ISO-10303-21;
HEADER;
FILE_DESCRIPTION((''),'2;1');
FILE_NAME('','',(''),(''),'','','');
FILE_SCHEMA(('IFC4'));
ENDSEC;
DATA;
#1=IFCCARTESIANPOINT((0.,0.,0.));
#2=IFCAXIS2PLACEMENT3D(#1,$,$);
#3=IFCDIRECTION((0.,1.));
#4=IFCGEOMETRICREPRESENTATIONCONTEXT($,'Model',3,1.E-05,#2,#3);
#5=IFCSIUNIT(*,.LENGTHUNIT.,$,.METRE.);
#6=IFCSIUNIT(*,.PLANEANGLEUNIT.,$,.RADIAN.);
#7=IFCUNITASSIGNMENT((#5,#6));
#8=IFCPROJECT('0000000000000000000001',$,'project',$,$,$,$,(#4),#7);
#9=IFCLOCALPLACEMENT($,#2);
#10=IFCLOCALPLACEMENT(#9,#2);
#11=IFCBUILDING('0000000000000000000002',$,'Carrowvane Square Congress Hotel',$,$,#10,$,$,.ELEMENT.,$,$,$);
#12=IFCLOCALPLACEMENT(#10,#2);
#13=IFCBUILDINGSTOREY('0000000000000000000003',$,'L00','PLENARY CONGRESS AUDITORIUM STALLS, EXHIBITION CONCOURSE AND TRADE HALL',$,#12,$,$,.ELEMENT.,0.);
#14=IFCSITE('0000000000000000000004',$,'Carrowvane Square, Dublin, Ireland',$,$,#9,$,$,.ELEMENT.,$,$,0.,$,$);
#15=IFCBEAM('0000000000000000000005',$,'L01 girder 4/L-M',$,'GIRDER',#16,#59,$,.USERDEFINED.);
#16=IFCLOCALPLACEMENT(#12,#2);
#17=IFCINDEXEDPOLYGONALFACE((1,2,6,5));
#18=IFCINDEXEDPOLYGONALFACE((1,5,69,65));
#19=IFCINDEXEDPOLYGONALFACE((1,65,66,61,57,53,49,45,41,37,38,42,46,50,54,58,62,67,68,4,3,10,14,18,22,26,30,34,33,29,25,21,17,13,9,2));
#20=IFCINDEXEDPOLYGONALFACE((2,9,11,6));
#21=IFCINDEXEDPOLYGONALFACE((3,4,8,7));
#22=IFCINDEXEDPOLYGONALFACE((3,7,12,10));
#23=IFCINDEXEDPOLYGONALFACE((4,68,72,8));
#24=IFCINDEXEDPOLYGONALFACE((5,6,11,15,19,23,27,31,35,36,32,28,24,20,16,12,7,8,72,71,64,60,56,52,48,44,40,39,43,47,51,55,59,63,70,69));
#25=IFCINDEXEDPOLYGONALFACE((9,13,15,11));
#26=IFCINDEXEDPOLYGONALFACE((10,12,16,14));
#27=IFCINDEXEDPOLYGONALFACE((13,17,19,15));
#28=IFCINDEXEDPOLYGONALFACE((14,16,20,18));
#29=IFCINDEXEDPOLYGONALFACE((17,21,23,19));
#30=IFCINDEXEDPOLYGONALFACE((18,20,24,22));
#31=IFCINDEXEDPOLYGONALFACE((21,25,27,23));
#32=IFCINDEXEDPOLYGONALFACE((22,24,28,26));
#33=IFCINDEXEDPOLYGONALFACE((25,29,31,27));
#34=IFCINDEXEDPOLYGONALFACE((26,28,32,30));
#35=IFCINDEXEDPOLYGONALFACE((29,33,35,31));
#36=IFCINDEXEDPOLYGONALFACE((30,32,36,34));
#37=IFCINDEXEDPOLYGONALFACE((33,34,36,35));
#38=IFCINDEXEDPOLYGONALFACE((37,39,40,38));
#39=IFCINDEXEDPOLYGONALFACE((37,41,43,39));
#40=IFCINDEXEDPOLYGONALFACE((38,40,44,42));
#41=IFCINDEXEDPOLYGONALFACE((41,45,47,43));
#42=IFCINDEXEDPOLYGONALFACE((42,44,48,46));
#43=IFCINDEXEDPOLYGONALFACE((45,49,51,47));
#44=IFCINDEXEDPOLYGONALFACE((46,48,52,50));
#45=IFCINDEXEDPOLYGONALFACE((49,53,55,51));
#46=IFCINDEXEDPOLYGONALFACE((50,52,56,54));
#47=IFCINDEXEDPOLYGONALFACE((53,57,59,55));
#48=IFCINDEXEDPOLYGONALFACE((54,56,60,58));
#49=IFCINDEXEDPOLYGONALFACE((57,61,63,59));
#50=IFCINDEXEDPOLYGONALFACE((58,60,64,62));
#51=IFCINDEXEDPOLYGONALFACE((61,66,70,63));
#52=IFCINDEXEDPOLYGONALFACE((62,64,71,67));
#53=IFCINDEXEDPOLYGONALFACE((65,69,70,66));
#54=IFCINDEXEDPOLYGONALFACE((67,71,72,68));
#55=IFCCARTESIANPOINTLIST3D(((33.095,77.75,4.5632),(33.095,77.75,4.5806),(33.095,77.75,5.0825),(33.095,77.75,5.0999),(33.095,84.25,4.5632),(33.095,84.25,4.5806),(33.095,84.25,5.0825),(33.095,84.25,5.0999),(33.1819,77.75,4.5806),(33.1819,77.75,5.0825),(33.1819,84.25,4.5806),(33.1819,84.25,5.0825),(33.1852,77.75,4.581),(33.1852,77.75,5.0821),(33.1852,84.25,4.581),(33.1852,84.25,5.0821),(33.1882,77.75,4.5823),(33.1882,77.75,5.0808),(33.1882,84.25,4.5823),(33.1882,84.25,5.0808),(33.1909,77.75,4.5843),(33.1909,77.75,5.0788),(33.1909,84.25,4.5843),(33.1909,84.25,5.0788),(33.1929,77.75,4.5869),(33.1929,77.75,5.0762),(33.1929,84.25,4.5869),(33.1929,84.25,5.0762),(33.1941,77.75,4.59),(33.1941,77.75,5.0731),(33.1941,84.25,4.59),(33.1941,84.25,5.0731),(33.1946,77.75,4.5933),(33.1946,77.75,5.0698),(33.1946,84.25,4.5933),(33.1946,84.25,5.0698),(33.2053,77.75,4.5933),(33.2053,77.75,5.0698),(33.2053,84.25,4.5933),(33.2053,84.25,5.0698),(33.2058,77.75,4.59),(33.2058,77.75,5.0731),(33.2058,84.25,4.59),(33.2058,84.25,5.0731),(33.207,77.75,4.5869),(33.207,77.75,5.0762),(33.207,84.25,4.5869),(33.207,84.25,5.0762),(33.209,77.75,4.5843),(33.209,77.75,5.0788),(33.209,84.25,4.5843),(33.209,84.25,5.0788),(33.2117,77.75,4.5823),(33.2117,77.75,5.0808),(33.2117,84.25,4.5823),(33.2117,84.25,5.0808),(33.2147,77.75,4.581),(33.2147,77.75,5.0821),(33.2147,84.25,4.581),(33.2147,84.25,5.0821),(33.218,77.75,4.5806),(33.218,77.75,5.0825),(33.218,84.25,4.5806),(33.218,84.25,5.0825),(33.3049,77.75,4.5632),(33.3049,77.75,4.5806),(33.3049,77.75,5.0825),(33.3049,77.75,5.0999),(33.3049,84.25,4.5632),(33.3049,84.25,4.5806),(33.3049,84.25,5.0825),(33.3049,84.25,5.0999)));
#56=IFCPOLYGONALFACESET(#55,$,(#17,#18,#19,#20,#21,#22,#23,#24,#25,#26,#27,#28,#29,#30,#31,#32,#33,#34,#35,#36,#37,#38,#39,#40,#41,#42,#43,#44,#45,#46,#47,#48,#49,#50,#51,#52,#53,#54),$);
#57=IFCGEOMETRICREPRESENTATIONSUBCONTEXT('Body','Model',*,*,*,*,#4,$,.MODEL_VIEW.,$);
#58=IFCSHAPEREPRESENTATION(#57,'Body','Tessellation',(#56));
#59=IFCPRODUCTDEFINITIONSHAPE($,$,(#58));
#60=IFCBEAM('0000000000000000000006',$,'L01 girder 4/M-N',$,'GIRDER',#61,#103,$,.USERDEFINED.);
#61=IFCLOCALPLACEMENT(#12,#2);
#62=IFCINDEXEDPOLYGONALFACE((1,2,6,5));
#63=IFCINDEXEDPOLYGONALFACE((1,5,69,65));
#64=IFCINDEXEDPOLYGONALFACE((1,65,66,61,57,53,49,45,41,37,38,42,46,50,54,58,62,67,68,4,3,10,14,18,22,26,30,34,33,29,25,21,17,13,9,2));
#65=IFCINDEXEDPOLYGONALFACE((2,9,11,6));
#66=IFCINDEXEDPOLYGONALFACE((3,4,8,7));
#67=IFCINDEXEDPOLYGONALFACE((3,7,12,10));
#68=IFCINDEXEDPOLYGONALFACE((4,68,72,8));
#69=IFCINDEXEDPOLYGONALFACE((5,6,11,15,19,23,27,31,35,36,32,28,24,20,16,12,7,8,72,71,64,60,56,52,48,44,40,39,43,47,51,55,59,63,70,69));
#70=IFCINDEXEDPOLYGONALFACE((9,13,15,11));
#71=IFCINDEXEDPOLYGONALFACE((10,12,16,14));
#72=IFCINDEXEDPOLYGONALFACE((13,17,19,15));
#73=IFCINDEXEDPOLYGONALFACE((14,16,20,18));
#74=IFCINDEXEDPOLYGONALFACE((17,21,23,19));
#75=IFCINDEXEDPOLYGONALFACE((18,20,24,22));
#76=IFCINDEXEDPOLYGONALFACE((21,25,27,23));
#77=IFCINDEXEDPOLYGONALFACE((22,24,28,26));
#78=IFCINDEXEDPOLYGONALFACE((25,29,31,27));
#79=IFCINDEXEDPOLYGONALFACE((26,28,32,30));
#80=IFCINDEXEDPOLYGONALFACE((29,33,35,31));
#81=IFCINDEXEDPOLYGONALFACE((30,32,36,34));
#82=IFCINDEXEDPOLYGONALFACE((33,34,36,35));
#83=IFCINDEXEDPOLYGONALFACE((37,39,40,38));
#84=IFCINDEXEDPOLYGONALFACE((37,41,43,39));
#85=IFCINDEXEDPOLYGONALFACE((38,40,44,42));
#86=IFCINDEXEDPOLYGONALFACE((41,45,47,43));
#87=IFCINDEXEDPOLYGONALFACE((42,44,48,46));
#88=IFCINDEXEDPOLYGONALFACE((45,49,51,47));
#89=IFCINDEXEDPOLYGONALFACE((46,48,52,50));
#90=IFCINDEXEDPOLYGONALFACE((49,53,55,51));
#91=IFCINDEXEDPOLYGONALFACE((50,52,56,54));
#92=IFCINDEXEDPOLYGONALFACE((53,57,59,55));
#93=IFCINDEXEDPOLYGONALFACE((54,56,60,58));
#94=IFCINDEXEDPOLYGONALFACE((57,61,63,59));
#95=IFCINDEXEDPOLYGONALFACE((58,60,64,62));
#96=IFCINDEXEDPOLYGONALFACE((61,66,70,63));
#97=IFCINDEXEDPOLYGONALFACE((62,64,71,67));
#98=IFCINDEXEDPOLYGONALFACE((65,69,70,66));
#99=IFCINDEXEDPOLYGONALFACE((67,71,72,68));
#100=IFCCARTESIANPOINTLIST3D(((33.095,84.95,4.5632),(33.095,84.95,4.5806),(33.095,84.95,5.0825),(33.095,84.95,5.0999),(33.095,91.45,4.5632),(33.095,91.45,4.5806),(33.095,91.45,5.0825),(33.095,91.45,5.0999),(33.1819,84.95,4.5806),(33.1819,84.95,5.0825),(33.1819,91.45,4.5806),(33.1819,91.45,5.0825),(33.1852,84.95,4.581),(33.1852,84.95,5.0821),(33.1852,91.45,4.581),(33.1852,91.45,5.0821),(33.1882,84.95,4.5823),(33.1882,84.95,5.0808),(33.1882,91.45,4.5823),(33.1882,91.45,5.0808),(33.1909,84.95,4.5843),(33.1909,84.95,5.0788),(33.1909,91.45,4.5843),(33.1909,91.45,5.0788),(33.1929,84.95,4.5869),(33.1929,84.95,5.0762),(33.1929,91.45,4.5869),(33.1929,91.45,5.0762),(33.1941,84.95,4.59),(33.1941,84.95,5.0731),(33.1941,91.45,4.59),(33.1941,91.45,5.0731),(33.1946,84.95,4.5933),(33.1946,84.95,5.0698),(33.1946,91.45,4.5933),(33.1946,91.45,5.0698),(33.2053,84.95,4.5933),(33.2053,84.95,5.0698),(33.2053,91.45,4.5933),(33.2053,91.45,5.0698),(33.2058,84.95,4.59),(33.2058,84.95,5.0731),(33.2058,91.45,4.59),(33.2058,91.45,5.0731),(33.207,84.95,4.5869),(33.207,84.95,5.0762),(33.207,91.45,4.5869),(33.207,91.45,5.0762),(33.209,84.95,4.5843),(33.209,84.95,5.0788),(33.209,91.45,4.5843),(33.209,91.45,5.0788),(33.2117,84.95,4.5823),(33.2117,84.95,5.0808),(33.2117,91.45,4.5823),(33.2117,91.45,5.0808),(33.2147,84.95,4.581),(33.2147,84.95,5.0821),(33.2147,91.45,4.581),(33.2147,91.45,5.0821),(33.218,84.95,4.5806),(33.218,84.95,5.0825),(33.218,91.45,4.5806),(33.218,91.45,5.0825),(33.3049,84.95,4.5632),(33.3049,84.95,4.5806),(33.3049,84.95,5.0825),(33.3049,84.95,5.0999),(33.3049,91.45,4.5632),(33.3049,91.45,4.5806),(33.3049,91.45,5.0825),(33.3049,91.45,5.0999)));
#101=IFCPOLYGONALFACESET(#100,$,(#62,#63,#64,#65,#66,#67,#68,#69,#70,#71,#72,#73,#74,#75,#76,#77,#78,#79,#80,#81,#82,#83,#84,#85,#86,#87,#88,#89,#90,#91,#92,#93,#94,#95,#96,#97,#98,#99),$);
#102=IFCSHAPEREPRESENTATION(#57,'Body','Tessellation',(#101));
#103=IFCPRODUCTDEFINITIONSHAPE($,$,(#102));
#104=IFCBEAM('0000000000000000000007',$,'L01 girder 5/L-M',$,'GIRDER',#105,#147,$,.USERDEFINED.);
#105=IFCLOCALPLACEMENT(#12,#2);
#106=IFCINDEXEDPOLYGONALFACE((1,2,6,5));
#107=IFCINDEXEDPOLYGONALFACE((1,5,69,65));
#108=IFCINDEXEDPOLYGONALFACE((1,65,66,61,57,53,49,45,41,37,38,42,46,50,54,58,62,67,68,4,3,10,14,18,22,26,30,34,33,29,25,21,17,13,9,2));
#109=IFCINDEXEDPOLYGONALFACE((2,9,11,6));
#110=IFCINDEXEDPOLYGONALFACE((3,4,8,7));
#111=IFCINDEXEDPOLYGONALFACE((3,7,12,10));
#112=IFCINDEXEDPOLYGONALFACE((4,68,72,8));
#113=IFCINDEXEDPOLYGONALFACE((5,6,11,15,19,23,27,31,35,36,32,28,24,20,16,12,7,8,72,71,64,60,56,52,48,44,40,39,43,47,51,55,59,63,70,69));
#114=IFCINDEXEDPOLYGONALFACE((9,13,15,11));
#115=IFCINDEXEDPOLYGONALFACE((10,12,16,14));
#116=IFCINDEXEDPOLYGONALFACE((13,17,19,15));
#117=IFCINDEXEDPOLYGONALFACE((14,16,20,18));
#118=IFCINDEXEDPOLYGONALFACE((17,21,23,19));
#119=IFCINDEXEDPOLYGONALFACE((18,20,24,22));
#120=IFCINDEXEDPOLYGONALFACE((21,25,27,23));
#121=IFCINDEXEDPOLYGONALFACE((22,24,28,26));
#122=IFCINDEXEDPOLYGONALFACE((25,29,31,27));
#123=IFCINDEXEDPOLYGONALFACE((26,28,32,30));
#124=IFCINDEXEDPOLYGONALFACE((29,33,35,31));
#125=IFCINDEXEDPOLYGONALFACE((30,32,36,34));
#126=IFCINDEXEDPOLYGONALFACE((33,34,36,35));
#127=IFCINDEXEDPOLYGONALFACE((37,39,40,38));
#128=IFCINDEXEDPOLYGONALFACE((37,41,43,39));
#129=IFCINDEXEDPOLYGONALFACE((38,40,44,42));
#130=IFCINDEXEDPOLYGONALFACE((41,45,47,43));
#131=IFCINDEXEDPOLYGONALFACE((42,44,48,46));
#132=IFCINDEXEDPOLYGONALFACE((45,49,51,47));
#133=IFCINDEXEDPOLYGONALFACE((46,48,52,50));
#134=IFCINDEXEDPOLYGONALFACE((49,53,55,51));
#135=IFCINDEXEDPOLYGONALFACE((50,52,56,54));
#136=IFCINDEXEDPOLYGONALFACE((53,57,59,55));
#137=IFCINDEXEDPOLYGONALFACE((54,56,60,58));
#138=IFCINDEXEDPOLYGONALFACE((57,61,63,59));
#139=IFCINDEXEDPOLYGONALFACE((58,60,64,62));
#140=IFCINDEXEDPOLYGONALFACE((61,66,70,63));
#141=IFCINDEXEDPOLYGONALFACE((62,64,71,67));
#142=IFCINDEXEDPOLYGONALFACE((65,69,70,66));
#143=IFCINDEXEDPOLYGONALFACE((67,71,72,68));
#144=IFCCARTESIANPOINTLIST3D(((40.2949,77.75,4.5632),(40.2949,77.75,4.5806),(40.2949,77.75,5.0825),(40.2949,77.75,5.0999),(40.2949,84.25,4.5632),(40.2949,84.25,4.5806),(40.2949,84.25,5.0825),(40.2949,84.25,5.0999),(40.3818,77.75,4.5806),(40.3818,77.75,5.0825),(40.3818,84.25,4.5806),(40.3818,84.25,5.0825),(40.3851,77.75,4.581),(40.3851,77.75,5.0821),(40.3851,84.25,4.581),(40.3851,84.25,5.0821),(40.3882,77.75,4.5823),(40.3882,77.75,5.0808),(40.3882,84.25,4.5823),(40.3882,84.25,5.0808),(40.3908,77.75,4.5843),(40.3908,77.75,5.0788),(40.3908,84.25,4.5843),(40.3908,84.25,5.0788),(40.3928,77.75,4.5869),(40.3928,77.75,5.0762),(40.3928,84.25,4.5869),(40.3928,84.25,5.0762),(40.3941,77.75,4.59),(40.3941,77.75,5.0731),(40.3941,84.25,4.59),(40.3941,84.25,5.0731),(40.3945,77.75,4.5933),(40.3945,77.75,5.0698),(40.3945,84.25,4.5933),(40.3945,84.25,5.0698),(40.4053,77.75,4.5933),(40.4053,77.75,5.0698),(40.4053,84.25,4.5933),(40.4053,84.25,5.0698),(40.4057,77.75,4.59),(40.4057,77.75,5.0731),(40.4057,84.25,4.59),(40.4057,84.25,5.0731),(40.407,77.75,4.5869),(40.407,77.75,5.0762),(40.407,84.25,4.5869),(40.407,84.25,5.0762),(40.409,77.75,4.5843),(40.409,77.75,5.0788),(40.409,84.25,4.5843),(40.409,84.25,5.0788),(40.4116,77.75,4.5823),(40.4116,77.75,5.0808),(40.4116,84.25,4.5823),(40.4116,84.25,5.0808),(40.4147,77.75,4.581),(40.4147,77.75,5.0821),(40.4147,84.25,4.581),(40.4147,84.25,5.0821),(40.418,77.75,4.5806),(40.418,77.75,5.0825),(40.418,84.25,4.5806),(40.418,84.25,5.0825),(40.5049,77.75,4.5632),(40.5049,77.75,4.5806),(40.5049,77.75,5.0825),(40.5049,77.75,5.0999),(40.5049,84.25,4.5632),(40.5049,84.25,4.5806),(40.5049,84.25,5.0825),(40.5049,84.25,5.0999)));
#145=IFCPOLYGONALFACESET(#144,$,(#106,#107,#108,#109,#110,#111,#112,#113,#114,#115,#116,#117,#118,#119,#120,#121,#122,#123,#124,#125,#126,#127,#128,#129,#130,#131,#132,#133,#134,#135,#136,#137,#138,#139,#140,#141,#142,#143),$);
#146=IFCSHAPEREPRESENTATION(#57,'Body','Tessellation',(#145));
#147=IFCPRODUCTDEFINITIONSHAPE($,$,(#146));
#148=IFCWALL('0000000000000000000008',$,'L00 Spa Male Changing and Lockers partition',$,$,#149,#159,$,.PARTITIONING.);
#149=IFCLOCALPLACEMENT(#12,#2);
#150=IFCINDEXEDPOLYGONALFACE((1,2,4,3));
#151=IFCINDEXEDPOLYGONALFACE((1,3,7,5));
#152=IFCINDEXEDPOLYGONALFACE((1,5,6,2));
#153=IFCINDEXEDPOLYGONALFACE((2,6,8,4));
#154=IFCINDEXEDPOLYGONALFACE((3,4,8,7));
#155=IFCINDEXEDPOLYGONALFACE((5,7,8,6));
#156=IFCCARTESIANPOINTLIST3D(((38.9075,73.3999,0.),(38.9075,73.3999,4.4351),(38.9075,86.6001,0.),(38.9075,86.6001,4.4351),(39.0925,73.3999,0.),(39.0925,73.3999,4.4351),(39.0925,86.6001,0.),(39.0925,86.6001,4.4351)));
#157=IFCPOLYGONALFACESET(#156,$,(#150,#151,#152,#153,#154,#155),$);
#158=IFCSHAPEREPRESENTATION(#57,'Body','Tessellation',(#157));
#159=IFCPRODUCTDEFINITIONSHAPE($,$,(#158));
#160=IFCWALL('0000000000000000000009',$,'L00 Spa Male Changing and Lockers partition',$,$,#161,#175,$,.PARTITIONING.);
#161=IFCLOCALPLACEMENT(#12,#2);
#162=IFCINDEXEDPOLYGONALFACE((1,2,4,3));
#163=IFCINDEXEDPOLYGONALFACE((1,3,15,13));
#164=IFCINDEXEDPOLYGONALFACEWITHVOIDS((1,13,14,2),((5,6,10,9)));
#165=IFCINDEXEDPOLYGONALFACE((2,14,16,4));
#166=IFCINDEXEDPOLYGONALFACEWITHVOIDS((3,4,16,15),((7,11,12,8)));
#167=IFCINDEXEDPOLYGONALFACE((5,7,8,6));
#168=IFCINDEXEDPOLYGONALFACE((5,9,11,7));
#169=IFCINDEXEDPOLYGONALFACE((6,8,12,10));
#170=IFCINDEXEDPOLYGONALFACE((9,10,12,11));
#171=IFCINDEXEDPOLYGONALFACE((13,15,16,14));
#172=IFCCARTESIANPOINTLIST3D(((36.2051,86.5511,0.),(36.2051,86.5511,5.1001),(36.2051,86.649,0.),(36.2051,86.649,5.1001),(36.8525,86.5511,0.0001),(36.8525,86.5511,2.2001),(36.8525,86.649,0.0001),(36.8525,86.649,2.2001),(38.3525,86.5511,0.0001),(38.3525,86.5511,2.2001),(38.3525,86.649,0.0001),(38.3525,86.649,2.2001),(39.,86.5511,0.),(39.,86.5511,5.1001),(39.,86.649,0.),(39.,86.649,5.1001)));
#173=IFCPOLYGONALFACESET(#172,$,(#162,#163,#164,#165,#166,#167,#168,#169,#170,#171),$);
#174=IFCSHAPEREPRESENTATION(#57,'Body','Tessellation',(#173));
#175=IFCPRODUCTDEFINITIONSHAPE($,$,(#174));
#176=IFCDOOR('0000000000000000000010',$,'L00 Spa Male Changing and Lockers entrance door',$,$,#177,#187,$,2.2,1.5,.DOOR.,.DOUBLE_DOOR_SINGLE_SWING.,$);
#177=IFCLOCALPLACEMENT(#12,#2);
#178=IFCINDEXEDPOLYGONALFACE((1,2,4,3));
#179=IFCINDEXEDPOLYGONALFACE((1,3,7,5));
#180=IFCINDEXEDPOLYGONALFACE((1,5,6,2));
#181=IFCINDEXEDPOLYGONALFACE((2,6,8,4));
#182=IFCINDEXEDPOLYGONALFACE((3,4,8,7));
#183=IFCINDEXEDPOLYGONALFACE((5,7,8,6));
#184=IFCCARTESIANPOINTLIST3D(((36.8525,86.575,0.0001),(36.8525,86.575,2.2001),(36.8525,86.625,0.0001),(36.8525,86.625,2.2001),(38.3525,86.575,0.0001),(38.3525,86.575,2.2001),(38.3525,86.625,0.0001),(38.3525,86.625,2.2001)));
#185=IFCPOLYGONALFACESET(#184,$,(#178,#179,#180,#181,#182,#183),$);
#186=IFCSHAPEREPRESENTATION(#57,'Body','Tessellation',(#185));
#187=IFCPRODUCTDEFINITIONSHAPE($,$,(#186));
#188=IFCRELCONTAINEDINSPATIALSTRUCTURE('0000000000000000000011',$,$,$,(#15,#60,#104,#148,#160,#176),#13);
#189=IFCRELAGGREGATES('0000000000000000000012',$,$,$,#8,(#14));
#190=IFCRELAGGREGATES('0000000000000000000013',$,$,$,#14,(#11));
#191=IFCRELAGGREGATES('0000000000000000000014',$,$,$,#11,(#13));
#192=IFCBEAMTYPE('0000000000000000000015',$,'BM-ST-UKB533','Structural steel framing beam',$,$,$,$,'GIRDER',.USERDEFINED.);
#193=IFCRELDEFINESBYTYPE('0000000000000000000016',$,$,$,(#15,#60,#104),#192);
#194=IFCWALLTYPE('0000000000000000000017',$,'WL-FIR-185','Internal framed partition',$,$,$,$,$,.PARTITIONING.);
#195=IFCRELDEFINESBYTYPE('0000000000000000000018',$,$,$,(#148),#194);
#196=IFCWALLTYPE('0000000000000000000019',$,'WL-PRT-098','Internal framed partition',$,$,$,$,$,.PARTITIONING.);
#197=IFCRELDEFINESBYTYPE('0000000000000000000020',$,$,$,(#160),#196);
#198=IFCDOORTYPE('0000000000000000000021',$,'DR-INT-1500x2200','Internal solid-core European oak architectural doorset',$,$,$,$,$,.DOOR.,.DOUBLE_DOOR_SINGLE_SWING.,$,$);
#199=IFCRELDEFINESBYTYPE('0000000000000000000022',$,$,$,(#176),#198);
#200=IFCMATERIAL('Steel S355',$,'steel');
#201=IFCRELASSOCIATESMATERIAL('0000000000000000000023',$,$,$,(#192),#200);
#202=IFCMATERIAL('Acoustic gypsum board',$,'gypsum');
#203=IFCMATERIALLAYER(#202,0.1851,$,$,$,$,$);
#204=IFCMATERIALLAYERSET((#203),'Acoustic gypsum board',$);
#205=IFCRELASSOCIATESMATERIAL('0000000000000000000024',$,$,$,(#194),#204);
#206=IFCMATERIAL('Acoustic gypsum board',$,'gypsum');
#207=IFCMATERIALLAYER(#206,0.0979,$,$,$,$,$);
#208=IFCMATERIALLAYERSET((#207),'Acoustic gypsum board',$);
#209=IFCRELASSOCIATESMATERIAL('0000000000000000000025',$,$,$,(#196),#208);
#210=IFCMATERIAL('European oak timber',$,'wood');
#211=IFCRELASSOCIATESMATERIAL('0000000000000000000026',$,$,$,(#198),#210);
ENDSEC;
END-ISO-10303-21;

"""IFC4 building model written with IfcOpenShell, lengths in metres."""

from ifc_helpers import new_model, si_unit, direction, frame, frame_2d, origin, origin_2d, place, context, subcontext, project, spatial, rectangle, i_section, extrude, material, layer, layer_set, material_profile, profile_set, type_object, element, fill, save


model = new_model("IFC4")

# Units and contexts
model_context = context("Model", 3, precision=1e-05, world=origin(), true_north=direction((0.0, 1.0)))
body_context = subcontext(model_context, "Body", "Model", "MODEL_VIEW")
ifc_project = project(units=[si_unit("LENGTHUNIT", "METRE"), si_unit("PLANEANGLEUNIT", "RADIAN")], contexts=[model_context])

# Site, building, storey
site_placement = place(None, origin())
site = spatial("IfcSite", under=ifc_project, at=site_placement, Name="Carrowvane Square, Dublin, Ireland", CompositionType="ELEMENT", RefElevation=0.0)
building_placement = place(site_placement, origin())
building = spatial("IfcBuilding", under=site, at=building_placement, Name="Carrowvane Square Congress Hotel", CompositionType="ELEMENT")
storey_placement = place(building_placement, origin())
storey = spatial("IfcBuildingStorey", under=building, at=storey_placement, Name="L00", Description="PLENARY CONGRESS AUDITORIUM STALLS, EXHIBITION CONCOURSE AND TRADE HALL", CompositionType="ELEMENT", Elevation=0.0)

# Beams
ifc_material_1 = material(Name="Steel S355", Category="steel")
ifc_material_profile_1 = material_profile(ifc_material_1, i_section(OverallWidth=0.21, OverallDepth=0.5366, WebThickness=0.0107, FlangeThickness=0.0173, FilletRadius=0.0127, at=origin_2d()), Name="UKB 533x210x101")
ifc_profile_set_1 = profile_set([ifc_material_profile_1], Name="Steel S355")
beam_type_1 = type_object("IfcBeamType", Name="BM-ST-UKB533", Description="Structural steel framing beam", ElementType="GIRDER", PredefinedType="USERDEFINED", material=ifc_profile_set_1)
for number, where, z_axis, x_axis, name in (
    (1, (33.2, 77.75, 4.8315), (0.0, 1.0, 0.0), (-1.0, 0.0, 0.0), "L01 girder 4/L-M"),
    (2, (33.2, 84.95, 4.8315), (0.0, 1.0, 0.0), (-1.0, 0.0, 0.0), "L01 girder 4/M-N"),
    (3, (40.3999, 77.75, 4.8315), (0.0, 1.0, 0.0), (-1.0, 0.0, 0.0), "L01 girder 5/L-M"),
):
    element("IfcBeam", number, at=place(storey_placement, frame(where, z_axis=z_axis, x_axis=x_axis)), inside=storey, type_object=beam_type_1, Name=name, ObjectType="GIRDER", PredefinedType="USERDEFINED", context=body_context, shape_type="SweptSolid", body=[
        extrude(i_section(OverallWidth=0.21, OverallDepth=0.5366, WebThickness=0.0107, FlangeThickness=0.0173, FilletRadius=0.0127, at=origin_2d()), origin(), (0.0, 0.0, 1.0), 6.5),
    ])

# Wall
ifc_material_2 = material(Name="Acoustic gypsum board", Category="gypsum")
ifc_layer_1 = layer(ifc_material_2, 0.1851)
ifc_layer_set_1 = layer_set([ifc_layer_1], Name="Acoustic gypsum board")
wall_type_1 = type_object("IfcWallType", Name="WL-FIR-185", Description="Internal framed partition", PredefinedType="PARTITIONING", material=ifc_layer_set_1)
wall_1_placement = place(storey_placement, frame((39.0, 86.6001, 0.0), z_axis=(0.0, 0.0, 1.0), x_axis=(0.0, -1.0, 0.0)))
element("IfcWall", 4, at=wall_1_placement, inside=storey, type_object=wall_type_1, Name="L00 Spa Male Changing and Lockers partition", PredefinedType="PARTITIONING", context=body_context, shape_type="SweptSolid", body=[
    extrude(rectangle(XDim=13.2002, YDim=0.1851, at=frame_2d((6.6001, 0.0))), origin(), (0.0, 0.0, 1.0), 4.4351),
])

# Wall, opening, door
ifc_material_3 = material(Name="Acoustic gypsum board", Category="gypsum")
ifc_layer_2 = layer(ifc_material_3, 0.0979)
ifc_layer_set_2 = layer_set([ifc_layer_2], Name="Acoustic gypsum board")
wall_type_2 = type_object("IfcWallType", Name="WL-PRT-098", Description="Internal framed partition", PredefinedType="PARTITIONING", material=ifc_layer_set_2)
wall_2_placement = place(storey_placement, frame((36.2051, 86.6001, 0.0), z_axis=(0.0, 0.0, 1.0), x_axis=(1.0, 0.0, 0.0)))
wall_2 = element("IfcWall", 5, at=wall_2_placement, inside=storey, type_object=wall_type_2, Name="L00 Spa Male Changing and Lockers partition", PredefinedType="PARTITIONING", context=body_context, shape_type="SweptSolid", body=[
    extrude(rectangle(XDim=2.7949, YDim=0.0979, at=frame_2d((1.3975, 0.0))), origin(), (0.0, 0.0, 1.0), 5.1001),
])
opening_1_placement = place(wall_2_placement, frame((0.6475, 0.0, 0.0)))
opening_1 = element("IfcOpeningElement", 6, at=opening_1_placement, cuts=wall_2, PredefinedType="OPENING", context=body_context, shape_type="SweptSolid", body=[
    extrude(rectangle(XDim=1.5, YDim=2.2, at=frame_2d((0.75, 1.1001))), frame((0.0, 0.0588, 0.0), z_axis=(0.0, -1.0, 0.0), x_axis=(1.0, 0.0, 0.0)), (0.0, 0.0, 1.0), 0.1179),
])
ifc_material_4 = material(Name="European oak timber", Category="wood")
door_type_1 = type_object("IfcDoorType", Name="DR-INT-1500x2200", Description="Internal solid-core European oak architectural doorset", OperationType="DOUBLE_DOOR_SINGLE_SWING", PredefinedType="DOOR", material=ifc_material_4)
door_1_placement = place(opening_1_placement, origin())
door_1 = element("IfcDoor", 7, at=door_1_placement, inside=storey, type_object=door_type_1, Name="L00 Spa Male Changing and Lockers entrance door", OperationType="DOUBLE_DOOR_SINGLE_SWING", OverallHeight=2.2, OverallWidth=1.5, PredefinedType="DOOR", context=body_context, shape_type="SweptSolid", body=[
    extrude(rectangle(XDim=1.5, YDim=2.2, at=frame_2d((0.75, 1.1001))), frame((0.0, 0.0249, 0.0), z_axis=(0.0, -1.0, 0.0), x_axis=(1.0, 0.0, 0.0)), (0.0, 0.0, 1.0), 0.05),
])
fill(opening_1, door_1)

save(model, "model.ifc")
